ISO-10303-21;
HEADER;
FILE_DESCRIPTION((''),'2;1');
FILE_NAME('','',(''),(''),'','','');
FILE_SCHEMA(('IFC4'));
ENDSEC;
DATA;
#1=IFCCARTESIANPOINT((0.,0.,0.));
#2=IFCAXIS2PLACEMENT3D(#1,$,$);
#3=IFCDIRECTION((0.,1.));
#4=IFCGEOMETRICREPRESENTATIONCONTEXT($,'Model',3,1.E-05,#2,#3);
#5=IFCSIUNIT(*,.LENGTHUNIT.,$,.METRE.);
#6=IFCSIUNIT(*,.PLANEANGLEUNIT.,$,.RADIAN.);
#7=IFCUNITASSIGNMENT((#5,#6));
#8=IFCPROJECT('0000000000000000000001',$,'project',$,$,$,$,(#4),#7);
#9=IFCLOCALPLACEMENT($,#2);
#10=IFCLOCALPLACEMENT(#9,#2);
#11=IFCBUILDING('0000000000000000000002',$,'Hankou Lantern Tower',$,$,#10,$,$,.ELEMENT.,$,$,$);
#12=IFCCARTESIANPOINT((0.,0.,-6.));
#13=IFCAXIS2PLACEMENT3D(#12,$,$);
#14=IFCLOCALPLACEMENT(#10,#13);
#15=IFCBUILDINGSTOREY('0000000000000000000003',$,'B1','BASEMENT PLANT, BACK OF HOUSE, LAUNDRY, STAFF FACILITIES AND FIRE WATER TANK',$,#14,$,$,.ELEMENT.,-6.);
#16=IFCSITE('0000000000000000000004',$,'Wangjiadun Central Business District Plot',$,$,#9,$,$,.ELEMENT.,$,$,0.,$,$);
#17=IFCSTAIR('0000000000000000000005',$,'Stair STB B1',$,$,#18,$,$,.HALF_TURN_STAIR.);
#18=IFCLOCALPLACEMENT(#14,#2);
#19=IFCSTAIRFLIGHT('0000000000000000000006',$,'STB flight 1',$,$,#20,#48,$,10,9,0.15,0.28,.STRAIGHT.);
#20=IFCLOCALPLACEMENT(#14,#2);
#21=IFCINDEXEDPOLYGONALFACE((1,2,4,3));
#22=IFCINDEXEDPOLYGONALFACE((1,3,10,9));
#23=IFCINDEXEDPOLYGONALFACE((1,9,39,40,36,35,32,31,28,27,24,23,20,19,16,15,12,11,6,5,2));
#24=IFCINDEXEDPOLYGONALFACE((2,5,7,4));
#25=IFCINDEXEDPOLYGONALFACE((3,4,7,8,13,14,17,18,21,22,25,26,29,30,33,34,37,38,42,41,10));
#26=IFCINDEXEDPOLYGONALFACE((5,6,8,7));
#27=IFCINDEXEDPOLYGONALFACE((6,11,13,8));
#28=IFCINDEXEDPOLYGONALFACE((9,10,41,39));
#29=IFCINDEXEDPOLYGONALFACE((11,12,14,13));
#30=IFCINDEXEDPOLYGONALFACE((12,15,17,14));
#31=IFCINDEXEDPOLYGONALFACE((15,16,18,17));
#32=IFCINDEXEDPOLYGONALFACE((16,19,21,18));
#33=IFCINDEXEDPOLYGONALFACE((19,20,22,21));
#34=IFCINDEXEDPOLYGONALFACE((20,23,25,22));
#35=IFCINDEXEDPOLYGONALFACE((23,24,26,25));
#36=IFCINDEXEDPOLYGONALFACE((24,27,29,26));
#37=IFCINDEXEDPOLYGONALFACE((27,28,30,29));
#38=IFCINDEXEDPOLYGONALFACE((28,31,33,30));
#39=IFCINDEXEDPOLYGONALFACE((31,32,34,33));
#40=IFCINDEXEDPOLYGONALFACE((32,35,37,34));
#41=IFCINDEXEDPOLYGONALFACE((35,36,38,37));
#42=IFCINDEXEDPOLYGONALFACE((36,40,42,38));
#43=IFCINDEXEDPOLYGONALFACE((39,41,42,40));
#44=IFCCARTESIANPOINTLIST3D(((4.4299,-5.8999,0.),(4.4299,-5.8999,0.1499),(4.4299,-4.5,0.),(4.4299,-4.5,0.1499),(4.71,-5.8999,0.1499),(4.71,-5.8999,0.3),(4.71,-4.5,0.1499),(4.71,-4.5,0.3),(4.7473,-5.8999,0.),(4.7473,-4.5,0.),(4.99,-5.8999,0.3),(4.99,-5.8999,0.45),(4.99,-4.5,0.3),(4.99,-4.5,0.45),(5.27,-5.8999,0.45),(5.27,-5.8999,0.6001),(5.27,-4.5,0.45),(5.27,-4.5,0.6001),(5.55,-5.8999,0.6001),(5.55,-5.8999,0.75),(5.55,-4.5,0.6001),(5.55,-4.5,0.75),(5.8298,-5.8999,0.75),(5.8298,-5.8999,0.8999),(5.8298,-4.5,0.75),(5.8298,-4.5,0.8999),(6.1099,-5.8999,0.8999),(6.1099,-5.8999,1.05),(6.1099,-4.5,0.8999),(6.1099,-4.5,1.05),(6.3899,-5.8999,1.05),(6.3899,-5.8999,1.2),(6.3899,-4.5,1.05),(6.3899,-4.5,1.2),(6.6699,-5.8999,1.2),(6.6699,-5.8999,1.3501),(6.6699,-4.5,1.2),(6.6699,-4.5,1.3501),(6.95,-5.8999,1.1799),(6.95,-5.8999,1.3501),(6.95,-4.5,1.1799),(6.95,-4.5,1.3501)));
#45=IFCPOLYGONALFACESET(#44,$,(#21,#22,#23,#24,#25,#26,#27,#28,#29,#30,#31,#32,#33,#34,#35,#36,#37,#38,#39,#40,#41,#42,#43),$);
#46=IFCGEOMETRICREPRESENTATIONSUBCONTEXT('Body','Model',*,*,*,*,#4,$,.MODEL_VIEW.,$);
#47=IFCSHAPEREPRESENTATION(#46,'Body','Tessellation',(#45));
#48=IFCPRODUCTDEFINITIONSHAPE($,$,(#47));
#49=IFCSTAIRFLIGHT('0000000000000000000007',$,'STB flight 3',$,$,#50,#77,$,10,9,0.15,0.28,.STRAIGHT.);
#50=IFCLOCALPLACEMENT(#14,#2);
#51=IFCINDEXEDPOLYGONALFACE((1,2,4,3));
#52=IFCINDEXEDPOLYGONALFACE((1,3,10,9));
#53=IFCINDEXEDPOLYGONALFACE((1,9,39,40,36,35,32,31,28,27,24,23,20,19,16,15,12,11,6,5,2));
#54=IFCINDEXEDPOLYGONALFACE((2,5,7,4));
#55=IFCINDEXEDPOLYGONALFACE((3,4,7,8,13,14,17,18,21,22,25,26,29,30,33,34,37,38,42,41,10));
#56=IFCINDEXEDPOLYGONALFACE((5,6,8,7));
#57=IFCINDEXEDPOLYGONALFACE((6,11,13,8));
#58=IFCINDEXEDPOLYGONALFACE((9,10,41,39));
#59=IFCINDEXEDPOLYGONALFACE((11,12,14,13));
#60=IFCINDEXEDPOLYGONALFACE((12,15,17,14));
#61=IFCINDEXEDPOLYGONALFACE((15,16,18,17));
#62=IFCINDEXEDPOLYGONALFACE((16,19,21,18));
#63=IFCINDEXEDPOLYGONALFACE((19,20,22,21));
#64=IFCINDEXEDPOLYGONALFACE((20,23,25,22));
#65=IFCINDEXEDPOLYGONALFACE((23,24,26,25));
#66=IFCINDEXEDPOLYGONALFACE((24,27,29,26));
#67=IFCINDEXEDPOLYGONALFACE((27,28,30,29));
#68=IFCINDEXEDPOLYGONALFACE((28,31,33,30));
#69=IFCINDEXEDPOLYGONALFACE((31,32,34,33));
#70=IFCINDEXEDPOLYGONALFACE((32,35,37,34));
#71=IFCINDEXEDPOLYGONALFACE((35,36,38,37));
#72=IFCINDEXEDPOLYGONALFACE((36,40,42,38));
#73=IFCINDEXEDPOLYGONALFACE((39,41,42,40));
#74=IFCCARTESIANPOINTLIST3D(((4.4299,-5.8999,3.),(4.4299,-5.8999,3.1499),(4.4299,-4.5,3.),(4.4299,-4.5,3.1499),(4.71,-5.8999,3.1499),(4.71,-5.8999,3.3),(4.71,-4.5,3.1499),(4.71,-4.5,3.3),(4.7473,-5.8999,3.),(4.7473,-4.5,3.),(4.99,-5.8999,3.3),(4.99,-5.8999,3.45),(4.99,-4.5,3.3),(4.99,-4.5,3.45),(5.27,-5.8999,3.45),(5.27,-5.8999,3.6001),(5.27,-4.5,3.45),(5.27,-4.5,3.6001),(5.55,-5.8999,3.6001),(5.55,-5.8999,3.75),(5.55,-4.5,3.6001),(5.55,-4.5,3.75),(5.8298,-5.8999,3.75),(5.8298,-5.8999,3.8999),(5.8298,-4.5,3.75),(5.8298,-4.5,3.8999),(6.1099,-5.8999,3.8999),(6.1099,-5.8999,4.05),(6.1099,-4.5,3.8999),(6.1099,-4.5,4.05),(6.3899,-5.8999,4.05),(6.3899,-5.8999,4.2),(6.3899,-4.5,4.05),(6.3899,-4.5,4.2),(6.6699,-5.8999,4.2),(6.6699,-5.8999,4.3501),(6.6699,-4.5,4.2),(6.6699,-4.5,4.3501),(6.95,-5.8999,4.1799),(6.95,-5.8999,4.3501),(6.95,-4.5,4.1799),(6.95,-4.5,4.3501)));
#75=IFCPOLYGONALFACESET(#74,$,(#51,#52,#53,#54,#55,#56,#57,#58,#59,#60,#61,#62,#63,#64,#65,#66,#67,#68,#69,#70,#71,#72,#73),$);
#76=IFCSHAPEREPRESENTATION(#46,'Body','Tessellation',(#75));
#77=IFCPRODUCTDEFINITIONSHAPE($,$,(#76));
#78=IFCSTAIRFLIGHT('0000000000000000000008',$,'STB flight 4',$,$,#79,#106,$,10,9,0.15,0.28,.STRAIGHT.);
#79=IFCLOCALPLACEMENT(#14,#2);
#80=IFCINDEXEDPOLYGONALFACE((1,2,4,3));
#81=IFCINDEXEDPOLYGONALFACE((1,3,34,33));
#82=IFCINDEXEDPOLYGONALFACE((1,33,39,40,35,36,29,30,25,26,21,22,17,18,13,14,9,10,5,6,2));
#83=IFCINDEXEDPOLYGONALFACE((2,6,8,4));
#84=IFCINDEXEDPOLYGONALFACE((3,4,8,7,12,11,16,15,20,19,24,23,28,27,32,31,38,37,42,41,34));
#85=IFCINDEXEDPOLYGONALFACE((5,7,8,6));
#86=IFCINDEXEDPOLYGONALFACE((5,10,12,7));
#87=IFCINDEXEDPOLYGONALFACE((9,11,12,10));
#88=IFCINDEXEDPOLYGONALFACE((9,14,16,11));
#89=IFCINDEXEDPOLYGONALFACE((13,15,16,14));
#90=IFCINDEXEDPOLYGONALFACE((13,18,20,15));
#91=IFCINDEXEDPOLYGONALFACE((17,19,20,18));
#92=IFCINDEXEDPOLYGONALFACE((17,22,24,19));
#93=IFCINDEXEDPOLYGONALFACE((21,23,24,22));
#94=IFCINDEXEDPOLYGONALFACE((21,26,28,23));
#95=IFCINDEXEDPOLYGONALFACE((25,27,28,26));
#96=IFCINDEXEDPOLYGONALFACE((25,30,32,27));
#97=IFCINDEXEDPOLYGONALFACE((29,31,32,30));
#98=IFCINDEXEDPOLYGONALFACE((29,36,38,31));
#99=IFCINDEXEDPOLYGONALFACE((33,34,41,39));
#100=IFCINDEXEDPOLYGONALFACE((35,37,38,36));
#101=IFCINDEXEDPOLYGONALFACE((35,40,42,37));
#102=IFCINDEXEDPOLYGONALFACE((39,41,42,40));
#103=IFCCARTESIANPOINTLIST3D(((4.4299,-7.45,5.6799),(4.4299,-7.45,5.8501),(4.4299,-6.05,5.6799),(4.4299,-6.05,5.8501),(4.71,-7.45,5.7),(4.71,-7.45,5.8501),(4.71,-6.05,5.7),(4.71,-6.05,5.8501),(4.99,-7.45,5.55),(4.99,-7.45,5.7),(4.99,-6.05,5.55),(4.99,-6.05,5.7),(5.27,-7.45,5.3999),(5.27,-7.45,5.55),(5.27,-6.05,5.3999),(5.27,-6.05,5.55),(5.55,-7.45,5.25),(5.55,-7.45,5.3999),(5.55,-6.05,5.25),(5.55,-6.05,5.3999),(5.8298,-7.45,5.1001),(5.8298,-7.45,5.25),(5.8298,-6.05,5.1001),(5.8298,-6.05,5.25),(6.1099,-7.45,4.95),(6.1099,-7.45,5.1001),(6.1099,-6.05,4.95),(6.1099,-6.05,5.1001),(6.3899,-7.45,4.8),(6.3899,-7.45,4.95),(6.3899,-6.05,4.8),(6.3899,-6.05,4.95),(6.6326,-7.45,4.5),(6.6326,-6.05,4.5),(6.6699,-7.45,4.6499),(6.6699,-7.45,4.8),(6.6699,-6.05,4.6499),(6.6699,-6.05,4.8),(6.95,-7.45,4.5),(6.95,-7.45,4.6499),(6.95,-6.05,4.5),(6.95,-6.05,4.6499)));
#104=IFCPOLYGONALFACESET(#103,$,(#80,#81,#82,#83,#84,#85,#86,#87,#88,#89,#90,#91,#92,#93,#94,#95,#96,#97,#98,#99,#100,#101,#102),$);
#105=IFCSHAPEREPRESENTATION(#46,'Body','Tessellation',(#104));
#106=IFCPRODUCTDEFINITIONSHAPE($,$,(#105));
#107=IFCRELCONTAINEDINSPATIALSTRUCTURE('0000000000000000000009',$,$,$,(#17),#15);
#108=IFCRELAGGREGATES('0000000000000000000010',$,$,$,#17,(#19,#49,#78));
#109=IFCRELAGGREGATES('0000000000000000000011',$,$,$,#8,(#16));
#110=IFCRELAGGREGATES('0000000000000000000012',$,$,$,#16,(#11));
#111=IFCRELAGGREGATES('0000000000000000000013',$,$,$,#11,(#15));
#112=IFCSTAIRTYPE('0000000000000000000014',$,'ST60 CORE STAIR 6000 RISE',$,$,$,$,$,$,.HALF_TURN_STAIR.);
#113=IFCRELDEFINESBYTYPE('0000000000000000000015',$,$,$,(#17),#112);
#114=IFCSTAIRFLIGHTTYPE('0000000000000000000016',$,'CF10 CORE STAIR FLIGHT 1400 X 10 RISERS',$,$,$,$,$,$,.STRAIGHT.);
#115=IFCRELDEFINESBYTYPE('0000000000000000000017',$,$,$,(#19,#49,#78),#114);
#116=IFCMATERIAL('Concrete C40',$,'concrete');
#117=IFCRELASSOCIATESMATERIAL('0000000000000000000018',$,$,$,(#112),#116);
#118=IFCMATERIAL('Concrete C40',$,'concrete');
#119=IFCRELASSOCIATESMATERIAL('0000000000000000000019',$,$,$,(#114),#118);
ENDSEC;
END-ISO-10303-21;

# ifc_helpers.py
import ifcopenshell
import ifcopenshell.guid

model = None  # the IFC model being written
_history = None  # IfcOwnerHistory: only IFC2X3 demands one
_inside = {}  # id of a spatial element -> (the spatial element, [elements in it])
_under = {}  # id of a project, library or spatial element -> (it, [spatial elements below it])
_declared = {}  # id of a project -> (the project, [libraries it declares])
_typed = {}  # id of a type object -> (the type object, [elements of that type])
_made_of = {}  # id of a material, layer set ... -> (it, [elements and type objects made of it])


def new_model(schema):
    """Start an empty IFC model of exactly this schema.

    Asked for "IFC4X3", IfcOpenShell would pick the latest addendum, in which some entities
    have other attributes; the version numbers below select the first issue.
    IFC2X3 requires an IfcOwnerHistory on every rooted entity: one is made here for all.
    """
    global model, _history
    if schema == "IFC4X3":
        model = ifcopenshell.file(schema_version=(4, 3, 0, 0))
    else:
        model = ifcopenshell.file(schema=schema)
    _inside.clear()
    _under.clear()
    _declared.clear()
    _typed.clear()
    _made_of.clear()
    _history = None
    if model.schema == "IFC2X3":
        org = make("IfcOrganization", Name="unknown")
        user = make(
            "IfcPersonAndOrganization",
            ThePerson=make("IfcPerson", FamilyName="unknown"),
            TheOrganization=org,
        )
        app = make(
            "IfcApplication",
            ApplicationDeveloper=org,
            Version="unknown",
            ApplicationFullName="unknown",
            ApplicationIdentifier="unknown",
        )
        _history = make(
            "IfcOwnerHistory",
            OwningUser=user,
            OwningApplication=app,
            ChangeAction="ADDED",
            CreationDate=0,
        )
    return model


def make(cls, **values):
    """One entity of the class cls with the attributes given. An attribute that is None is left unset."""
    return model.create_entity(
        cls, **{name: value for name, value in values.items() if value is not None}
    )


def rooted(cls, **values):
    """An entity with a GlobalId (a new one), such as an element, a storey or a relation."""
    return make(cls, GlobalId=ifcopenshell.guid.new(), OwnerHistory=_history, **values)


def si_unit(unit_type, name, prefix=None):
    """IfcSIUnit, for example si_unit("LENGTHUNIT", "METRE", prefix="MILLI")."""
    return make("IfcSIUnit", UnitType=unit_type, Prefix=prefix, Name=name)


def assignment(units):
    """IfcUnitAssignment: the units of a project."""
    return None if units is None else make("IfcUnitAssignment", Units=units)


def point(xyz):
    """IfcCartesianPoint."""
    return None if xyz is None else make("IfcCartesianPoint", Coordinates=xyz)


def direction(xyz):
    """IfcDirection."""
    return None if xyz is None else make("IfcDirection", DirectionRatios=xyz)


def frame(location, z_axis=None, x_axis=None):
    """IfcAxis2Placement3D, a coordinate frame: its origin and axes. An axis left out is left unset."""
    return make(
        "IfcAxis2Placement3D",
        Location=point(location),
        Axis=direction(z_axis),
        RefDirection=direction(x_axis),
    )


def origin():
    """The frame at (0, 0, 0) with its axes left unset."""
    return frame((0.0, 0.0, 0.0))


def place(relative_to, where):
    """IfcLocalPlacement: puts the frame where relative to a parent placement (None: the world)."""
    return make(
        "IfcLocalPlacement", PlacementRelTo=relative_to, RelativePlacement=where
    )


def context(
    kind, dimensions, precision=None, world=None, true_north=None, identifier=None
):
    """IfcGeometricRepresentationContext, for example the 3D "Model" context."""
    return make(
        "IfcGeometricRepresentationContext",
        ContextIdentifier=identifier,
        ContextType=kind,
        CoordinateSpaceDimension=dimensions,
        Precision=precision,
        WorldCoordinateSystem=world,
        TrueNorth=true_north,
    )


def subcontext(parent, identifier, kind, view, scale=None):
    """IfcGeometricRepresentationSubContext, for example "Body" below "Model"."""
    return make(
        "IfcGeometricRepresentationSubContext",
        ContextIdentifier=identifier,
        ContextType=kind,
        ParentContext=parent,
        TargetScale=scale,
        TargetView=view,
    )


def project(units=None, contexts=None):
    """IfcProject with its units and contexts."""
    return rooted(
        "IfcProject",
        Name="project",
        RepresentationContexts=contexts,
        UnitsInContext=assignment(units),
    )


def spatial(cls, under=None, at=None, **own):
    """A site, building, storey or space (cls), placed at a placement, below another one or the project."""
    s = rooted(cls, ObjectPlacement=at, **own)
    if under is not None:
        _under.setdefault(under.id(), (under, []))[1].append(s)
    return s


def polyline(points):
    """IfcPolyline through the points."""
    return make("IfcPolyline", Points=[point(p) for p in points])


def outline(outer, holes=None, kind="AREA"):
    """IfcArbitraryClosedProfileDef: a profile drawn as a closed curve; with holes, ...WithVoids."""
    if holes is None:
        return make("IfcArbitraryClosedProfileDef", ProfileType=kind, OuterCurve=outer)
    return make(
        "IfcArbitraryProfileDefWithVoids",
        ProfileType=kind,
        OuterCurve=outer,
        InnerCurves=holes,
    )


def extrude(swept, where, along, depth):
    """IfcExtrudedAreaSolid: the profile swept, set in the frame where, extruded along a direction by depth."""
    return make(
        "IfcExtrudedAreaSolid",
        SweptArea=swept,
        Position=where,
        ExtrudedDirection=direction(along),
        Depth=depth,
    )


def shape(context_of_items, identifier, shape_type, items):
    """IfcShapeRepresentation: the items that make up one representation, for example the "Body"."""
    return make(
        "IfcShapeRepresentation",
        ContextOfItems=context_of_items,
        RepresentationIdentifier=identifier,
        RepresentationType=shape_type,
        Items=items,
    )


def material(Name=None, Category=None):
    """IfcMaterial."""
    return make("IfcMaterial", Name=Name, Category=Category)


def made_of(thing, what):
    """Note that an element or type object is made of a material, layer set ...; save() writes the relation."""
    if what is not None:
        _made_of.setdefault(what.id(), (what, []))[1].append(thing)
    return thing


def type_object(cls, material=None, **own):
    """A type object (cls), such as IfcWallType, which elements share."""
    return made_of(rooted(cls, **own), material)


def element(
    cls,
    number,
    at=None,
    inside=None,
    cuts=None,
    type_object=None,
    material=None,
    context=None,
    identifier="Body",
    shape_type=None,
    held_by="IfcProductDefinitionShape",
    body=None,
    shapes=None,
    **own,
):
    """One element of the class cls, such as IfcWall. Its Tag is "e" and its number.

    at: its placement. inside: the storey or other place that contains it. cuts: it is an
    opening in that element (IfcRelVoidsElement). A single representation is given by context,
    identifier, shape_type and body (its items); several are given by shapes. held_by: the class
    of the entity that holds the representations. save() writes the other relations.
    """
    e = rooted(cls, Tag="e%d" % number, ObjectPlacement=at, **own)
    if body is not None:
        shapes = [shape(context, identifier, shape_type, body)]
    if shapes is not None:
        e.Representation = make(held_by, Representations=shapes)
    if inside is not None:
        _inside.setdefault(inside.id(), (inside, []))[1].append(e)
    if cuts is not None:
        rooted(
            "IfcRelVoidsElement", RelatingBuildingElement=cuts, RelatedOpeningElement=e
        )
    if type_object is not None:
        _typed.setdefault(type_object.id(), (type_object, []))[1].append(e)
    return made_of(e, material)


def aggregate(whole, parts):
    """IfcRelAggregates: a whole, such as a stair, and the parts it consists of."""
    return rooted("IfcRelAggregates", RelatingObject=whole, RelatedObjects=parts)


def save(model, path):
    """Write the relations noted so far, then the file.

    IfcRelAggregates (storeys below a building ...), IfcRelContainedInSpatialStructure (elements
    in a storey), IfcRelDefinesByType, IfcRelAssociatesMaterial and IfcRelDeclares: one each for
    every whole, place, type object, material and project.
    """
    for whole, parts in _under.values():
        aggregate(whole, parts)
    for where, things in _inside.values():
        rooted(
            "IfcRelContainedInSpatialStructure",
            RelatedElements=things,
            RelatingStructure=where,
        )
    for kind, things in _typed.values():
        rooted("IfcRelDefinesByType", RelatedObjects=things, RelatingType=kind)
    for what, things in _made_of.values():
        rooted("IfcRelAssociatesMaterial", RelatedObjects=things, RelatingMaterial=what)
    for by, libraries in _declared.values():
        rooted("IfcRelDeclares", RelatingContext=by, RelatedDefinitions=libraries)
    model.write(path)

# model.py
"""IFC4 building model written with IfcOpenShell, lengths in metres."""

from ifc_helpers import new_model, si_unit, direction, frame, origin, place, context, subcontext, project, spatial, polyline, outline, extrude, material, type_object, element, aggregate, save


model = new_model("IFC4")

# Units and contexts
model_context = context("Model", 3, precision=1e-05, world=origin(), true_north=direction((0.0, 1.0)))
body_context = subcontext(model_context, "Body", "Model", "MODEL_VIEW")
ifc_project = project(units=[si_unit("LENGTHUNIT", "METRE"), si_unit("PLANEANGLEUNIT", "RADIAN")], contexts=[model_context])

# Site, building, storey
site_placement = place(None, origin())
site = spatial("IfcSite", under=ifc_project, at=site_placement, Name="Wangjiadun Central Business District Plot", CompositionType="ELEMENT", RefElevation=0.0)
building_placement = place(site_placement, origin())
building = spatial("IfcBuilding", under=site, at=building_placement, Name="Hankou Lantern Tower", CompositionType="ELEMENT")
storey_placement = place(building_placement, frame((0.0, 0.0, -6.0)))
storey = spatial("IfcBuildingStorey", under=building, at=storey_placement, Name="B1", Description="BASEMENT PLANT, BACK OF HOUSE, LAUNDRY, STAFF FACILITIES AND FIRE WATER TANK", CompositionType="ELEMENT", Elevation=-6.0)

# Stair
ifc_material_1 = material(Name="Concrete C40", Category="concrete")
stair_type_1 = type_object("IfcStairType", Name="ST60 CORE STAIR 6000 RISE", PredefinedType="HALF_TURN_STAIR", material=ifc_material_1)
stair_1_placement = place(storey_placement, origin())
stair_1 = element("IfcStair", 1, at=stair_1_placement, inside=storey, type_object=stair_type_1, Name="Stair STB B1", PredefinedType="HALF_TURN_STAIR")

# Stair flights
ifc_material_2 = material(Name="Concrete C40", Category="concrete")
stair_flight_type = type_object("IfcStairFlightType", Name="CF10 CORE STAIR FLIGHT 1400 X 10 RISERS", PredefinedType="STRAIGHT", material=ifc_material_2)
stair_flight_1_placement = place(storey_placement, frame((4.4299, -5.2, 0.0), z_axis=(0.0, 0.0, 1.0), x_axis=(1.0, 0.0, 0.0)))
stair_flight_1 = element("IfcStairFlight", 2, at=stair_flight_1_placement, type_object=stair_flight_type, Name="STB flight 1", NumberOfRisers=10, NumberOfTreads=9, PredefinedType="STRAIGHT", RiserHeight=0.15, TreadLength=0.28, context=body_context, shape_type="SweptSolid", body=[
    extrude(outline(polyline([(0.0, 0.0), (0.0, 0.1499), (0.28, 0.1499), (0.28, 0.3), (0.5601, 0.3), (0.5601, 0.45), (0.8401, 0.45), (0.8401, 0.6001), (1.1201, 0.6001), (1.1201, 0.75), (1.3999, 0.75), (1.3999, 0.8999), (1.6799, 0.8999), (1.6799, 1.05), (1.96, 1.05), (1.96, 1.2), (2.24, 1.2), (2.24, 1.3501), (2.52, 1.3501), (2.52, 1.5), (2.52, 1.1799), (0.3174, 0.0), (0.0, 0.0)])), frame((0.0, 0.7, 0.0), z_axis=(0.0, -1.0, 0.0), x_axis=(1.0, 0.0, 0.0)), (0.0, 0.0, 1.0), 1.3999),
])
stair_flight_2_placement = place(storey_placement, frame((4.4299, -5.2, 3.0), z_axis=(0.0, 0.0, 1.0), x_axis=(1.0, 0.0, 0.0)))
stair_flight_2 = element("IfcStairFlight", 3, at=stair_flight_2_placement, type_object=stair_flight_type, Name="STB flight 3", NumberOfRisers=10, NumberOfTreads=9, PredefinedType="STRAIGHT", RiserHeight=0.15, TreadLength=0.28, context=body_context, shape_type="SweptSolid", body=[
    extrude(outline(polyline([(0.0, 0.0), (0.0, 0.1499), (0.28, 0.1499), (0.28, 0.3), (0.5601, 0.3), (0.5601, 0.45), (0.8401, 0.45), (0.8401, 0.6001), (1.1201, 0.6001), (1.1201, 0.75), (1.3999, 0.75), (1.3999, 0.8999), (1.6799, 0.8999), (1.6799, 1.05), (1.96, 1.05), (1.96, 1.2), (2.24, 1.2), (2.24, 1.3501), (2.52, 1.3501), (2.52, 1.5), (2.52, 1.1799), (0.3174, 0.0), (0.0, 0.0)])), frame((0.0, 0.7, 0.0), z_axis=(0.0, -1.0, 0.0), x_axis=(1.0, 0.0, 0.0)), (0.0, 0.0, 1.0), 1.3999),
])
stair_flight_3_placement = place(storey_placement, frame((6.95, -6.75, 4.5), z_axis=(0.0, 0.0, 1.0), x_axis=(-1.0, 0.0, 0.0)))
stair_flight_3 = element("IfcStairFlight", 4, at=stair_flight_3_placement, type_object=stair_flight_type, Name="STB flight 4", NumberOfRisers=10, NumberOfTreads=9, PredefinedType="STRAIGHT", RiserHeight=0.15, TreadLength=0.28, context=body_context, shape_type="SweptSolid", body=[
    extrude(outline(polyline([(0.0, 0.0), (0.0, 0.1499), (0.28, 0.1499), (0.28, 0.3), (0.5601, 0.3), (0.5601, 0.45), (0.8401, 0.45), (0.8401, 0.6001), (1.1201, 0.6001), (1.1201, 0.75), (1.3999, 0.75), (1.3999, 0.8999), (1.6799, 0.8999), (1.6799, 1.05), (1.96, 1.05), (1.96, 1.2), (2.24, 1.2), (2.24, 1.3501), (2.52, 1.3501), (2.52, 1.5), (2.52, 1.1799), (0.3174, 0.0), (0.0, 0.0)])), frame((0.0, 0.7, 0.0), z_axis=(0.0, -1.0, 0.0), x_axis=(1.0, 0.0, 0.0)), (0.0, 0.0, 1.0), 1.3999),
])
aggregate(stair_1, [stair_flight_1, stair_flight_2, stair_flight_3])

save(model, "model.ifc")
